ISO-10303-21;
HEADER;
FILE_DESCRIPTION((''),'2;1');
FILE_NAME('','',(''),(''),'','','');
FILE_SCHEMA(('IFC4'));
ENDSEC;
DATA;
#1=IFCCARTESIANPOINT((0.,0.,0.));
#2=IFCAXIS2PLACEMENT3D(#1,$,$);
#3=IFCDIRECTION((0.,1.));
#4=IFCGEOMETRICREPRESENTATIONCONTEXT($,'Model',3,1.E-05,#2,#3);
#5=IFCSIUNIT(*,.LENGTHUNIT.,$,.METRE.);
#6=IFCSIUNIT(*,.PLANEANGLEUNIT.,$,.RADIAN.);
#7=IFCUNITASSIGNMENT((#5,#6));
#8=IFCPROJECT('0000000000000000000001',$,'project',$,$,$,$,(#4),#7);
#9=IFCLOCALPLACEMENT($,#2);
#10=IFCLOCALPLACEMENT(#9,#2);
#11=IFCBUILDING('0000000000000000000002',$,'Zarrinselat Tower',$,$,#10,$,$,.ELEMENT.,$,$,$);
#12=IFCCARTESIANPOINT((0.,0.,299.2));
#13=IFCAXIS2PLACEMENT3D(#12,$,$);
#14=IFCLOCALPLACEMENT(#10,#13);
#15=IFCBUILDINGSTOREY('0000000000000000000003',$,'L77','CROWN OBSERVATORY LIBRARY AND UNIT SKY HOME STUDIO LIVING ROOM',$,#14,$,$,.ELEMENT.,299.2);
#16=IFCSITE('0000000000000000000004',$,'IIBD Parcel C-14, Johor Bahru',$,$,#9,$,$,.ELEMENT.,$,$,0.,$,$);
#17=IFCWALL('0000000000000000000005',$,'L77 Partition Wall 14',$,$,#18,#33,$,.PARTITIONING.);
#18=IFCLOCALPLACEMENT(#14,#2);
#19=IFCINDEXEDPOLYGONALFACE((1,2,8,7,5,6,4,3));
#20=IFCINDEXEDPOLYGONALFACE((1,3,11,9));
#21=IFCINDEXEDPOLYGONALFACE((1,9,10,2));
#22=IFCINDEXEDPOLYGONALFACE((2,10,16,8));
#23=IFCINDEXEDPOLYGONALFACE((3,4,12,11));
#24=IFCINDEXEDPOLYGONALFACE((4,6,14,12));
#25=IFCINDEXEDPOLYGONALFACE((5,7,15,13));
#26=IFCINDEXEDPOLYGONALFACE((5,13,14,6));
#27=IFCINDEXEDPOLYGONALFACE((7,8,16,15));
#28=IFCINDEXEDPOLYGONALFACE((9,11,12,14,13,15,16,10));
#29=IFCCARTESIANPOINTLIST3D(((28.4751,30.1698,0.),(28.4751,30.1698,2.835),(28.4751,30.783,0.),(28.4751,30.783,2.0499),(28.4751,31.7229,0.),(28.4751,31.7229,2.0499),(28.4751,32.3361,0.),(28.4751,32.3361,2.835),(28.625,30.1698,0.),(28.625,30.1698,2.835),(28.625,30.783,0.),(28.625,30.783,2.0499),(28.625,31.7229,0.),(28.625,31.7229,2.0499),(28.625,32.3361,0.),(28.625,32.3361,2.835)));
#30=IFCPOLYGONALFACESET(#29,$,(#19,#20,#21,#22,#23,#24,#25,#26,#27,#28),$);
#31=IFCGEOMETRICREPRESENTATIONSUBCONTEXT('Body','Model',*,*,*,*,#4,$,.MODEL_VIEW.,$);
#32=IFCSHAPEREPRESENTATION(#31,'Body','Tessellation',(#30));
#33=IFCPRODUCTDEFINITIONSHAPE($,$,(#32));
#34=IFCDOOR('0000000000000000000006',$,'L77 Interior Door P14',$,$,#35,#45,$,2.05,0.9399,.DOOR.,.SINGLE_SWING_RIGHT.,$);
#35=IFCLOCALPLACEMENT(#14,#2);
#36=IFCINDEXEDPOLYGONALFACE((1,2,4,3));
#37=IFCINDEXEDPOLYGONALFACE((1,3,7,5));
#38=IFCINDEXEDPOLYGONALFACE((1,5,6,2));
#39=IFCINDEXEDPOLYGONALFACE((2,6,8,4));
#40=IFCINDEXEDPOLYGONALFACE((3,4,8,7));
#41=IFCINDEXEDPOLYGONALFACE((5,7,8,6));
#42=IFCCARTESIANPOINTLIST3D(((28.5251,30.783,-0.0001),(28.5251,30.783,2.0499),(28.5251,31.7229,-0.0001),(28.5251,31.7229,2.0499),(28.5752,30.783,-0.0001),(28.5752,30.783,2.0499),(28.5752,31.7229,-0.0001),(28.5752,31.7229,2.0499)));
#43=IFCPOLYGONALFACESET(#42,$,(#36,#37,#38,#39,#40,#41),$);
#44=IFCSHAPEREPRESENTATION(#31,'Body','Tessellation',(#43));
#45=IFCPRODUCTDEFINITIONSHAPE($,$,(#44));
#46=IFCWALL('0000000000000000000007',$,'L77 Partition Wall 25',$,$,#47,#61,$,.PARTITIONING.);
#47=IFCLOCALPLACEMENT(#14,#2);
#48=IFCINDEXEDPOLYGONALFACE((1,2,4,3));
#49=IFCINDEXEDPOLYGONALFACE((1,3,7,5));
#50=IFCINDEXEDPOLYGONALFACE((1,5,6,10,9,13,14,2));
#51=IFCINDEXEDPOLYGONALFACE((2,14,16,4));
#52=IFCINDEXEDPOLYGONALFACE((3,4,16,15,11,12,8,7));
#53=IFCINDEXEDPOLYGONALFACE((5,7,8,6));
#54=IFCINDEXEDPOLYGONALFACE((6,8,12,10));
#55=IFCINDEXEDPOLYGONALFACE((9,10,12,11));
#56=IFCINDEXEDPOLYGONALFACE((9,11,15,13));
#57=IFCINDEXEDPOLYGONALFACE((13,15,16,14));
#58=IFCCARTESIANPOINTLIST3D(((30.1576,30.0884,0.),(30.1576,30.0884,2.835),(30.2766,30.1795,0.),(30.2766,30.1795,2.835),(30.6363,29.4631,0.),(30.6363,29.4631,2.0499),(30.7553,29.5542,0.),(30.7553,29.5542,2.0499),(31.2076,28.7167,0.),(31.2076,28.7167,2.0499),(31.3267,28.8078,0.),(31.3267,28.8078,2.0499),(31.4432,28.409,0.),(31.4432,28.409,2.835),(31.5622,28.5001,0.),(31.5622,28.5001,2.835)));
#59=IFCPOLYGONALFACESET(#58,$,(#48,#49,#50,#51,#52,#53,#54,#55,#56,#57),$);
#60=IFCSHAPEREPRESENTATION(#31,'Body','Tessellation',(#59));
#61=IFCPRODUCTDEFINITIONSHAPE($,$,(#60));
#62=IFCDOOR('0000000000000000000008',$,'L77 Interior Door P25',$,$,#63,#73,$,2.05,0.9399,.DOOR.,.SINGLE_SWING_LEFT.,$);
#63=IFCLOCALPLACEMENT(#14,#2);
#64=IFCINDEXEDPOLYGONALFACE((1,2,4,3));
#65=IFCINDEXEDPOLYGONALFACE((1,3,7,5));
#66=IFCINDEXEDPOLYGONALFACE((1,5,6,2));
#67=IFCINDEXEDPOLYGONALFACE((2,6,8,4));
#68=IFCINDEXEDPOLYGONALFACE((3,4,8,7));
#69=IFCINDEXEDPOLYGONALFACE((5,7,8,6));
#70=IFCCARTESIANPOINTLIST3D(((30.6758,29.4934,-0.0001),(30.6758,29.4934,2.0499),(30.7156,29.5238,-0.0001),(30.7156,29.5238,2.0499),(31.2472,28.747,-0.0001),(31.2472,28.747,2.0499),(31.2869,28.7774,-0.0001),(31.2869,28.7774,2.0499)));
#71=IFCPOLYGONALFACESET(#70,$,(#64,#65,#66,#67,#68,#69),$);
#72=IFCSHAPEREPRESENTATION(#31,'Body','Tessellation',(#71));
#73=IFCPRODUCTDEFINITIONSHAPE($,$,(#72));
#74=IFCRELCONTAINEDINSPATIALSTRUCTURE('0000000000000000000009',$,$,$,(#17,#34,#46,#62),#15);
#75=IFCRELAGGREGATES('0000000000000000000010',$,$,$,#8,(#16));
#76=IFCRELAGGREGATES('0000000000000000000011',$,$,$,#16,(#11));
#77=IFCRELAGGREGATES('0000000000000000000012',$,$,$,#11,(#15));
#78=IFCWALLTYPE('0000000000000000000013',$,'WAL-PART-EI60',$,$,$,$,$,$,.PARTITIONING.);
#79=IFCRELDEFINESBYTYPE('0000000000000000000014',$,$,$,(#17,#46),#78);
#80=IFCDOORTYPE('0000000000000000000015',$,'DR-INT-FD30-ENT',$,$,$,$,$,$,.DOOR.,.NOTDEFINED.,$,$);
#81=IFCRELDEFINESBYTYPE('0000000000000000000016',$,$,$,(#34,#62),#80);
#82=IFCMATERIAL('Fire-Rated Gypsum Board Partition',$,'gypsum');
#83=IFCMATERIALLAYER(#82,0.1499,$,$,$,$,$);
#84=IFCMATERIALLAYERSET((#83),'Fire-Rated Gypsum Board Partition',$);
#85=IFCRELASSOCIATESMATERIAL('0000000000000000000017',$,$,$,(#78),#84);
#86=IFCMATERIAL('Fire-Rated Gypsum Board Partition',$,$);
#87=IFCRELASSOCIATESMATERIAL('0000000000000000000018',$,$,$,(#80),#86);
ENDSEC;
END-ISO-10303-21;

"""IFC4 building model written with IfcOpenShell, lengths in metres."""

from ifc_helpers import new_model, si_unit, direction, frame, frame_2d, origin, place, context, subcontext, project, spatial, rectangle, extrude, material, layer, layer_set, type_object, element, fill, save


model = new_model("IFC4")

# Units and contexts
model_context = context("Model", 3, precision=1e-05, world=origin(), true_north=direction((0.0, 1.0)))
body_context = subcontext(model_context, "Body", "Model", "MODEL_VIEW")
ifc_project = project(units=[si_unit("LENGTHUNIT", "METRE"), si_unit("PLANEANGLEUNIT", "RADIAN")], contexts=[model_context])

# Site, building, storey
site_placement = place(None, origin())
site = spatial("IfcSite", under=ifc_project, at=site_placement, Name="IIBD Parcel C-14, Johor Bahru", CompositionType="ELEMENT", RefElevation=0.0)
building_placement = place(site_placement, origin())
building = spatial("IfcBuilding", under=site, at=building_placement, Name="Zarrinselat Tower", CompositionType="ELEMENT")
storey_placement = place(building_placement, frame((0.0, 0.0, 299.2)))
storey = spatial("IfcBuildingStorey", under=building, at=storey_placement, Name="L77", Description="CROWN OBSERVATORY LIBRARY AND UNIT SKY HOME STUDIO LIVING ROOM", CompositionType="ELEMENT", Elevation=299.2)

# Shared definitions
ifc_material_1 = material(Name="Fire-Rated Gypsum Board Partition", Category="gypsum")
ifc_layer_1 = layer(ifc_material_1, 0.1499)
ifc_layer_set_1 = layer_set([ifc_layer_1], Name="Fire-Rated Gypsum Board Partition")
wall_type_1 = type_object("IfcWallType", Name="WAL-PART-EI60", PredefinedType="PARTITIONING", material=ifc_layer_set_1)
ifc_material_2 = material(Name="Fire-Rated Gypsum Board Partition")
door_type_1 = type_object("IfcDoorType", Name="DR-INT-FD30-ENT", OperationType="NOTDEFINED", PredefinedType="DOOR", material=ifc_material_2)

# Walls, openings, doors
wall_1_placement = place(storey_placement, frame((28.55, 30.1699, 0.0), z_axis=(0.0, 0.0, 1.0), x_axis=(0.0, 1.0, 0.0)))
wall_1 = element("IfcWall", 1, at=wall_1_placement, inside=storey, type_object=wall_type_1, Name="L77 Partition Wall 14", PredefinedType="PARTITIONING", context=body_context, shape_type="SweptSolid", body=[
    extrude(rectangle(XDim=2.1663, YDim=0.1499, at=frame_2d((1.083, 0.0))), origin(), (0.0, 0.0, 1.0), 2.835),
])
opening_1_placement = place(wall_1_placement, frame((0.613, 0.0, 0.0)))
opening_1 = element("IfcOpeningElement", 2, at=opening_1_placement, cuts=wall_1, PredefinedType="OPENING", context=body_context, shape_type="SweptSolid", body=[
    extrude(rectangle(XDim=0.9399, YDim=2.05, at=frame_2d((0.47, 1.0249))), frame((0.0, 0.085, 0.0), z_axis=(0.0, -1.0, 0.0), x_axis=(1.0, 0.0, 0.0)), (0.0, 0.0, 1.0), 0.1699),
])
door_1_placement = place(opening_1_placement, origin())
door_1 = element("IfcDoor", 3, at=door_1_placement, inside=storey, type_object=door_type_1, Name="L77 Interior Door P14", OperationType="SINGLE_SWING_RIGHT", OverallHeight=2.05, OverallWidth=0.9399, PredefinedType="DOOR", context=body_context, shape_type="SweptSolid", body=[
    extrude(rectangle(XDim=0.9399, YDim=2.05, at=frame_2d((0.47, 1.0249))), frame((0.0, 0.0249, 0.0), z_axis=(0.0, -1.0, 0.0), x_axis=(1.0, 0.0, 0.0)), (0.0, 0.0, 1.0), 0.05),
])
fill(opening_1, door_1)
wall_2_placement = place(storey_placement, frame((30.217, 30.134, 0.0), z_axis=(0.0, 0.0, 1.0), x_axis=(0.607857, -0.794046, 0.0)))
wall_2 = element("IfcWall", 4, at=wall_2_placement, inside=storey, type_object=wall_type_1, Name="L77 Partition Wall 25", PredefinedType="PARTITIONING", context=body_context, shape_type="SweptSolid", body=[
    extrude(rectangle(XDim=2.115, YDim=0.1499, at=frame_2d((1.0576, 0.0))), origin(), (0.0, 0.0, 1.0), 2.835),
])
opening_2_placement = place(wall_2_placement, frame((0.7876, 0.0, 0.0)))
opening_2 = element("IfcOpeningElement", 5, at=opening_2_placement, cuts=wall_2, PredefinedType="OPENING", context=body_context, shape_type="SweptSolid", body=[
    extrude(rectangle(XDim=0.9399, YDim=2.05, at=frame_2d((0.47, 1.0249))), frame((0.0, 0.085, 0.0), z_axis=(0.0, -1.0, 0.0), x_axis=(1.0, 0.0, 0.0)), (0.0, 0.0, 1.0), 0.1699),
])
door_2_placement = place(opening_2_placement, origin())
door_2 = element("IfcDoor", 6, at=door_2_placement, inside=storey, type_object=door_type_1, Name="L77 Interior Door P25", OperationType="SINGLE_SWING_LEFT", OverallHeight=2.05, OverallWidth=0.9399, PredefinedType="DOOR", context=body_context, shape_type="SweptSolid", body=[
    extrude(rectangle(XDim=0.9399, YDim=2.05, at=frame_2d((0.47, 1.0249))), frame((0.0, 0.0249, 0.0), z_axis=(0.0, -1.0, 0.0), x_axis=(1.0, 0.0, 0.0)), (0.0, 0.0, 1.0), 0.05),
])
fill(opening_2, door_2)

save(model, "model.ifc")
